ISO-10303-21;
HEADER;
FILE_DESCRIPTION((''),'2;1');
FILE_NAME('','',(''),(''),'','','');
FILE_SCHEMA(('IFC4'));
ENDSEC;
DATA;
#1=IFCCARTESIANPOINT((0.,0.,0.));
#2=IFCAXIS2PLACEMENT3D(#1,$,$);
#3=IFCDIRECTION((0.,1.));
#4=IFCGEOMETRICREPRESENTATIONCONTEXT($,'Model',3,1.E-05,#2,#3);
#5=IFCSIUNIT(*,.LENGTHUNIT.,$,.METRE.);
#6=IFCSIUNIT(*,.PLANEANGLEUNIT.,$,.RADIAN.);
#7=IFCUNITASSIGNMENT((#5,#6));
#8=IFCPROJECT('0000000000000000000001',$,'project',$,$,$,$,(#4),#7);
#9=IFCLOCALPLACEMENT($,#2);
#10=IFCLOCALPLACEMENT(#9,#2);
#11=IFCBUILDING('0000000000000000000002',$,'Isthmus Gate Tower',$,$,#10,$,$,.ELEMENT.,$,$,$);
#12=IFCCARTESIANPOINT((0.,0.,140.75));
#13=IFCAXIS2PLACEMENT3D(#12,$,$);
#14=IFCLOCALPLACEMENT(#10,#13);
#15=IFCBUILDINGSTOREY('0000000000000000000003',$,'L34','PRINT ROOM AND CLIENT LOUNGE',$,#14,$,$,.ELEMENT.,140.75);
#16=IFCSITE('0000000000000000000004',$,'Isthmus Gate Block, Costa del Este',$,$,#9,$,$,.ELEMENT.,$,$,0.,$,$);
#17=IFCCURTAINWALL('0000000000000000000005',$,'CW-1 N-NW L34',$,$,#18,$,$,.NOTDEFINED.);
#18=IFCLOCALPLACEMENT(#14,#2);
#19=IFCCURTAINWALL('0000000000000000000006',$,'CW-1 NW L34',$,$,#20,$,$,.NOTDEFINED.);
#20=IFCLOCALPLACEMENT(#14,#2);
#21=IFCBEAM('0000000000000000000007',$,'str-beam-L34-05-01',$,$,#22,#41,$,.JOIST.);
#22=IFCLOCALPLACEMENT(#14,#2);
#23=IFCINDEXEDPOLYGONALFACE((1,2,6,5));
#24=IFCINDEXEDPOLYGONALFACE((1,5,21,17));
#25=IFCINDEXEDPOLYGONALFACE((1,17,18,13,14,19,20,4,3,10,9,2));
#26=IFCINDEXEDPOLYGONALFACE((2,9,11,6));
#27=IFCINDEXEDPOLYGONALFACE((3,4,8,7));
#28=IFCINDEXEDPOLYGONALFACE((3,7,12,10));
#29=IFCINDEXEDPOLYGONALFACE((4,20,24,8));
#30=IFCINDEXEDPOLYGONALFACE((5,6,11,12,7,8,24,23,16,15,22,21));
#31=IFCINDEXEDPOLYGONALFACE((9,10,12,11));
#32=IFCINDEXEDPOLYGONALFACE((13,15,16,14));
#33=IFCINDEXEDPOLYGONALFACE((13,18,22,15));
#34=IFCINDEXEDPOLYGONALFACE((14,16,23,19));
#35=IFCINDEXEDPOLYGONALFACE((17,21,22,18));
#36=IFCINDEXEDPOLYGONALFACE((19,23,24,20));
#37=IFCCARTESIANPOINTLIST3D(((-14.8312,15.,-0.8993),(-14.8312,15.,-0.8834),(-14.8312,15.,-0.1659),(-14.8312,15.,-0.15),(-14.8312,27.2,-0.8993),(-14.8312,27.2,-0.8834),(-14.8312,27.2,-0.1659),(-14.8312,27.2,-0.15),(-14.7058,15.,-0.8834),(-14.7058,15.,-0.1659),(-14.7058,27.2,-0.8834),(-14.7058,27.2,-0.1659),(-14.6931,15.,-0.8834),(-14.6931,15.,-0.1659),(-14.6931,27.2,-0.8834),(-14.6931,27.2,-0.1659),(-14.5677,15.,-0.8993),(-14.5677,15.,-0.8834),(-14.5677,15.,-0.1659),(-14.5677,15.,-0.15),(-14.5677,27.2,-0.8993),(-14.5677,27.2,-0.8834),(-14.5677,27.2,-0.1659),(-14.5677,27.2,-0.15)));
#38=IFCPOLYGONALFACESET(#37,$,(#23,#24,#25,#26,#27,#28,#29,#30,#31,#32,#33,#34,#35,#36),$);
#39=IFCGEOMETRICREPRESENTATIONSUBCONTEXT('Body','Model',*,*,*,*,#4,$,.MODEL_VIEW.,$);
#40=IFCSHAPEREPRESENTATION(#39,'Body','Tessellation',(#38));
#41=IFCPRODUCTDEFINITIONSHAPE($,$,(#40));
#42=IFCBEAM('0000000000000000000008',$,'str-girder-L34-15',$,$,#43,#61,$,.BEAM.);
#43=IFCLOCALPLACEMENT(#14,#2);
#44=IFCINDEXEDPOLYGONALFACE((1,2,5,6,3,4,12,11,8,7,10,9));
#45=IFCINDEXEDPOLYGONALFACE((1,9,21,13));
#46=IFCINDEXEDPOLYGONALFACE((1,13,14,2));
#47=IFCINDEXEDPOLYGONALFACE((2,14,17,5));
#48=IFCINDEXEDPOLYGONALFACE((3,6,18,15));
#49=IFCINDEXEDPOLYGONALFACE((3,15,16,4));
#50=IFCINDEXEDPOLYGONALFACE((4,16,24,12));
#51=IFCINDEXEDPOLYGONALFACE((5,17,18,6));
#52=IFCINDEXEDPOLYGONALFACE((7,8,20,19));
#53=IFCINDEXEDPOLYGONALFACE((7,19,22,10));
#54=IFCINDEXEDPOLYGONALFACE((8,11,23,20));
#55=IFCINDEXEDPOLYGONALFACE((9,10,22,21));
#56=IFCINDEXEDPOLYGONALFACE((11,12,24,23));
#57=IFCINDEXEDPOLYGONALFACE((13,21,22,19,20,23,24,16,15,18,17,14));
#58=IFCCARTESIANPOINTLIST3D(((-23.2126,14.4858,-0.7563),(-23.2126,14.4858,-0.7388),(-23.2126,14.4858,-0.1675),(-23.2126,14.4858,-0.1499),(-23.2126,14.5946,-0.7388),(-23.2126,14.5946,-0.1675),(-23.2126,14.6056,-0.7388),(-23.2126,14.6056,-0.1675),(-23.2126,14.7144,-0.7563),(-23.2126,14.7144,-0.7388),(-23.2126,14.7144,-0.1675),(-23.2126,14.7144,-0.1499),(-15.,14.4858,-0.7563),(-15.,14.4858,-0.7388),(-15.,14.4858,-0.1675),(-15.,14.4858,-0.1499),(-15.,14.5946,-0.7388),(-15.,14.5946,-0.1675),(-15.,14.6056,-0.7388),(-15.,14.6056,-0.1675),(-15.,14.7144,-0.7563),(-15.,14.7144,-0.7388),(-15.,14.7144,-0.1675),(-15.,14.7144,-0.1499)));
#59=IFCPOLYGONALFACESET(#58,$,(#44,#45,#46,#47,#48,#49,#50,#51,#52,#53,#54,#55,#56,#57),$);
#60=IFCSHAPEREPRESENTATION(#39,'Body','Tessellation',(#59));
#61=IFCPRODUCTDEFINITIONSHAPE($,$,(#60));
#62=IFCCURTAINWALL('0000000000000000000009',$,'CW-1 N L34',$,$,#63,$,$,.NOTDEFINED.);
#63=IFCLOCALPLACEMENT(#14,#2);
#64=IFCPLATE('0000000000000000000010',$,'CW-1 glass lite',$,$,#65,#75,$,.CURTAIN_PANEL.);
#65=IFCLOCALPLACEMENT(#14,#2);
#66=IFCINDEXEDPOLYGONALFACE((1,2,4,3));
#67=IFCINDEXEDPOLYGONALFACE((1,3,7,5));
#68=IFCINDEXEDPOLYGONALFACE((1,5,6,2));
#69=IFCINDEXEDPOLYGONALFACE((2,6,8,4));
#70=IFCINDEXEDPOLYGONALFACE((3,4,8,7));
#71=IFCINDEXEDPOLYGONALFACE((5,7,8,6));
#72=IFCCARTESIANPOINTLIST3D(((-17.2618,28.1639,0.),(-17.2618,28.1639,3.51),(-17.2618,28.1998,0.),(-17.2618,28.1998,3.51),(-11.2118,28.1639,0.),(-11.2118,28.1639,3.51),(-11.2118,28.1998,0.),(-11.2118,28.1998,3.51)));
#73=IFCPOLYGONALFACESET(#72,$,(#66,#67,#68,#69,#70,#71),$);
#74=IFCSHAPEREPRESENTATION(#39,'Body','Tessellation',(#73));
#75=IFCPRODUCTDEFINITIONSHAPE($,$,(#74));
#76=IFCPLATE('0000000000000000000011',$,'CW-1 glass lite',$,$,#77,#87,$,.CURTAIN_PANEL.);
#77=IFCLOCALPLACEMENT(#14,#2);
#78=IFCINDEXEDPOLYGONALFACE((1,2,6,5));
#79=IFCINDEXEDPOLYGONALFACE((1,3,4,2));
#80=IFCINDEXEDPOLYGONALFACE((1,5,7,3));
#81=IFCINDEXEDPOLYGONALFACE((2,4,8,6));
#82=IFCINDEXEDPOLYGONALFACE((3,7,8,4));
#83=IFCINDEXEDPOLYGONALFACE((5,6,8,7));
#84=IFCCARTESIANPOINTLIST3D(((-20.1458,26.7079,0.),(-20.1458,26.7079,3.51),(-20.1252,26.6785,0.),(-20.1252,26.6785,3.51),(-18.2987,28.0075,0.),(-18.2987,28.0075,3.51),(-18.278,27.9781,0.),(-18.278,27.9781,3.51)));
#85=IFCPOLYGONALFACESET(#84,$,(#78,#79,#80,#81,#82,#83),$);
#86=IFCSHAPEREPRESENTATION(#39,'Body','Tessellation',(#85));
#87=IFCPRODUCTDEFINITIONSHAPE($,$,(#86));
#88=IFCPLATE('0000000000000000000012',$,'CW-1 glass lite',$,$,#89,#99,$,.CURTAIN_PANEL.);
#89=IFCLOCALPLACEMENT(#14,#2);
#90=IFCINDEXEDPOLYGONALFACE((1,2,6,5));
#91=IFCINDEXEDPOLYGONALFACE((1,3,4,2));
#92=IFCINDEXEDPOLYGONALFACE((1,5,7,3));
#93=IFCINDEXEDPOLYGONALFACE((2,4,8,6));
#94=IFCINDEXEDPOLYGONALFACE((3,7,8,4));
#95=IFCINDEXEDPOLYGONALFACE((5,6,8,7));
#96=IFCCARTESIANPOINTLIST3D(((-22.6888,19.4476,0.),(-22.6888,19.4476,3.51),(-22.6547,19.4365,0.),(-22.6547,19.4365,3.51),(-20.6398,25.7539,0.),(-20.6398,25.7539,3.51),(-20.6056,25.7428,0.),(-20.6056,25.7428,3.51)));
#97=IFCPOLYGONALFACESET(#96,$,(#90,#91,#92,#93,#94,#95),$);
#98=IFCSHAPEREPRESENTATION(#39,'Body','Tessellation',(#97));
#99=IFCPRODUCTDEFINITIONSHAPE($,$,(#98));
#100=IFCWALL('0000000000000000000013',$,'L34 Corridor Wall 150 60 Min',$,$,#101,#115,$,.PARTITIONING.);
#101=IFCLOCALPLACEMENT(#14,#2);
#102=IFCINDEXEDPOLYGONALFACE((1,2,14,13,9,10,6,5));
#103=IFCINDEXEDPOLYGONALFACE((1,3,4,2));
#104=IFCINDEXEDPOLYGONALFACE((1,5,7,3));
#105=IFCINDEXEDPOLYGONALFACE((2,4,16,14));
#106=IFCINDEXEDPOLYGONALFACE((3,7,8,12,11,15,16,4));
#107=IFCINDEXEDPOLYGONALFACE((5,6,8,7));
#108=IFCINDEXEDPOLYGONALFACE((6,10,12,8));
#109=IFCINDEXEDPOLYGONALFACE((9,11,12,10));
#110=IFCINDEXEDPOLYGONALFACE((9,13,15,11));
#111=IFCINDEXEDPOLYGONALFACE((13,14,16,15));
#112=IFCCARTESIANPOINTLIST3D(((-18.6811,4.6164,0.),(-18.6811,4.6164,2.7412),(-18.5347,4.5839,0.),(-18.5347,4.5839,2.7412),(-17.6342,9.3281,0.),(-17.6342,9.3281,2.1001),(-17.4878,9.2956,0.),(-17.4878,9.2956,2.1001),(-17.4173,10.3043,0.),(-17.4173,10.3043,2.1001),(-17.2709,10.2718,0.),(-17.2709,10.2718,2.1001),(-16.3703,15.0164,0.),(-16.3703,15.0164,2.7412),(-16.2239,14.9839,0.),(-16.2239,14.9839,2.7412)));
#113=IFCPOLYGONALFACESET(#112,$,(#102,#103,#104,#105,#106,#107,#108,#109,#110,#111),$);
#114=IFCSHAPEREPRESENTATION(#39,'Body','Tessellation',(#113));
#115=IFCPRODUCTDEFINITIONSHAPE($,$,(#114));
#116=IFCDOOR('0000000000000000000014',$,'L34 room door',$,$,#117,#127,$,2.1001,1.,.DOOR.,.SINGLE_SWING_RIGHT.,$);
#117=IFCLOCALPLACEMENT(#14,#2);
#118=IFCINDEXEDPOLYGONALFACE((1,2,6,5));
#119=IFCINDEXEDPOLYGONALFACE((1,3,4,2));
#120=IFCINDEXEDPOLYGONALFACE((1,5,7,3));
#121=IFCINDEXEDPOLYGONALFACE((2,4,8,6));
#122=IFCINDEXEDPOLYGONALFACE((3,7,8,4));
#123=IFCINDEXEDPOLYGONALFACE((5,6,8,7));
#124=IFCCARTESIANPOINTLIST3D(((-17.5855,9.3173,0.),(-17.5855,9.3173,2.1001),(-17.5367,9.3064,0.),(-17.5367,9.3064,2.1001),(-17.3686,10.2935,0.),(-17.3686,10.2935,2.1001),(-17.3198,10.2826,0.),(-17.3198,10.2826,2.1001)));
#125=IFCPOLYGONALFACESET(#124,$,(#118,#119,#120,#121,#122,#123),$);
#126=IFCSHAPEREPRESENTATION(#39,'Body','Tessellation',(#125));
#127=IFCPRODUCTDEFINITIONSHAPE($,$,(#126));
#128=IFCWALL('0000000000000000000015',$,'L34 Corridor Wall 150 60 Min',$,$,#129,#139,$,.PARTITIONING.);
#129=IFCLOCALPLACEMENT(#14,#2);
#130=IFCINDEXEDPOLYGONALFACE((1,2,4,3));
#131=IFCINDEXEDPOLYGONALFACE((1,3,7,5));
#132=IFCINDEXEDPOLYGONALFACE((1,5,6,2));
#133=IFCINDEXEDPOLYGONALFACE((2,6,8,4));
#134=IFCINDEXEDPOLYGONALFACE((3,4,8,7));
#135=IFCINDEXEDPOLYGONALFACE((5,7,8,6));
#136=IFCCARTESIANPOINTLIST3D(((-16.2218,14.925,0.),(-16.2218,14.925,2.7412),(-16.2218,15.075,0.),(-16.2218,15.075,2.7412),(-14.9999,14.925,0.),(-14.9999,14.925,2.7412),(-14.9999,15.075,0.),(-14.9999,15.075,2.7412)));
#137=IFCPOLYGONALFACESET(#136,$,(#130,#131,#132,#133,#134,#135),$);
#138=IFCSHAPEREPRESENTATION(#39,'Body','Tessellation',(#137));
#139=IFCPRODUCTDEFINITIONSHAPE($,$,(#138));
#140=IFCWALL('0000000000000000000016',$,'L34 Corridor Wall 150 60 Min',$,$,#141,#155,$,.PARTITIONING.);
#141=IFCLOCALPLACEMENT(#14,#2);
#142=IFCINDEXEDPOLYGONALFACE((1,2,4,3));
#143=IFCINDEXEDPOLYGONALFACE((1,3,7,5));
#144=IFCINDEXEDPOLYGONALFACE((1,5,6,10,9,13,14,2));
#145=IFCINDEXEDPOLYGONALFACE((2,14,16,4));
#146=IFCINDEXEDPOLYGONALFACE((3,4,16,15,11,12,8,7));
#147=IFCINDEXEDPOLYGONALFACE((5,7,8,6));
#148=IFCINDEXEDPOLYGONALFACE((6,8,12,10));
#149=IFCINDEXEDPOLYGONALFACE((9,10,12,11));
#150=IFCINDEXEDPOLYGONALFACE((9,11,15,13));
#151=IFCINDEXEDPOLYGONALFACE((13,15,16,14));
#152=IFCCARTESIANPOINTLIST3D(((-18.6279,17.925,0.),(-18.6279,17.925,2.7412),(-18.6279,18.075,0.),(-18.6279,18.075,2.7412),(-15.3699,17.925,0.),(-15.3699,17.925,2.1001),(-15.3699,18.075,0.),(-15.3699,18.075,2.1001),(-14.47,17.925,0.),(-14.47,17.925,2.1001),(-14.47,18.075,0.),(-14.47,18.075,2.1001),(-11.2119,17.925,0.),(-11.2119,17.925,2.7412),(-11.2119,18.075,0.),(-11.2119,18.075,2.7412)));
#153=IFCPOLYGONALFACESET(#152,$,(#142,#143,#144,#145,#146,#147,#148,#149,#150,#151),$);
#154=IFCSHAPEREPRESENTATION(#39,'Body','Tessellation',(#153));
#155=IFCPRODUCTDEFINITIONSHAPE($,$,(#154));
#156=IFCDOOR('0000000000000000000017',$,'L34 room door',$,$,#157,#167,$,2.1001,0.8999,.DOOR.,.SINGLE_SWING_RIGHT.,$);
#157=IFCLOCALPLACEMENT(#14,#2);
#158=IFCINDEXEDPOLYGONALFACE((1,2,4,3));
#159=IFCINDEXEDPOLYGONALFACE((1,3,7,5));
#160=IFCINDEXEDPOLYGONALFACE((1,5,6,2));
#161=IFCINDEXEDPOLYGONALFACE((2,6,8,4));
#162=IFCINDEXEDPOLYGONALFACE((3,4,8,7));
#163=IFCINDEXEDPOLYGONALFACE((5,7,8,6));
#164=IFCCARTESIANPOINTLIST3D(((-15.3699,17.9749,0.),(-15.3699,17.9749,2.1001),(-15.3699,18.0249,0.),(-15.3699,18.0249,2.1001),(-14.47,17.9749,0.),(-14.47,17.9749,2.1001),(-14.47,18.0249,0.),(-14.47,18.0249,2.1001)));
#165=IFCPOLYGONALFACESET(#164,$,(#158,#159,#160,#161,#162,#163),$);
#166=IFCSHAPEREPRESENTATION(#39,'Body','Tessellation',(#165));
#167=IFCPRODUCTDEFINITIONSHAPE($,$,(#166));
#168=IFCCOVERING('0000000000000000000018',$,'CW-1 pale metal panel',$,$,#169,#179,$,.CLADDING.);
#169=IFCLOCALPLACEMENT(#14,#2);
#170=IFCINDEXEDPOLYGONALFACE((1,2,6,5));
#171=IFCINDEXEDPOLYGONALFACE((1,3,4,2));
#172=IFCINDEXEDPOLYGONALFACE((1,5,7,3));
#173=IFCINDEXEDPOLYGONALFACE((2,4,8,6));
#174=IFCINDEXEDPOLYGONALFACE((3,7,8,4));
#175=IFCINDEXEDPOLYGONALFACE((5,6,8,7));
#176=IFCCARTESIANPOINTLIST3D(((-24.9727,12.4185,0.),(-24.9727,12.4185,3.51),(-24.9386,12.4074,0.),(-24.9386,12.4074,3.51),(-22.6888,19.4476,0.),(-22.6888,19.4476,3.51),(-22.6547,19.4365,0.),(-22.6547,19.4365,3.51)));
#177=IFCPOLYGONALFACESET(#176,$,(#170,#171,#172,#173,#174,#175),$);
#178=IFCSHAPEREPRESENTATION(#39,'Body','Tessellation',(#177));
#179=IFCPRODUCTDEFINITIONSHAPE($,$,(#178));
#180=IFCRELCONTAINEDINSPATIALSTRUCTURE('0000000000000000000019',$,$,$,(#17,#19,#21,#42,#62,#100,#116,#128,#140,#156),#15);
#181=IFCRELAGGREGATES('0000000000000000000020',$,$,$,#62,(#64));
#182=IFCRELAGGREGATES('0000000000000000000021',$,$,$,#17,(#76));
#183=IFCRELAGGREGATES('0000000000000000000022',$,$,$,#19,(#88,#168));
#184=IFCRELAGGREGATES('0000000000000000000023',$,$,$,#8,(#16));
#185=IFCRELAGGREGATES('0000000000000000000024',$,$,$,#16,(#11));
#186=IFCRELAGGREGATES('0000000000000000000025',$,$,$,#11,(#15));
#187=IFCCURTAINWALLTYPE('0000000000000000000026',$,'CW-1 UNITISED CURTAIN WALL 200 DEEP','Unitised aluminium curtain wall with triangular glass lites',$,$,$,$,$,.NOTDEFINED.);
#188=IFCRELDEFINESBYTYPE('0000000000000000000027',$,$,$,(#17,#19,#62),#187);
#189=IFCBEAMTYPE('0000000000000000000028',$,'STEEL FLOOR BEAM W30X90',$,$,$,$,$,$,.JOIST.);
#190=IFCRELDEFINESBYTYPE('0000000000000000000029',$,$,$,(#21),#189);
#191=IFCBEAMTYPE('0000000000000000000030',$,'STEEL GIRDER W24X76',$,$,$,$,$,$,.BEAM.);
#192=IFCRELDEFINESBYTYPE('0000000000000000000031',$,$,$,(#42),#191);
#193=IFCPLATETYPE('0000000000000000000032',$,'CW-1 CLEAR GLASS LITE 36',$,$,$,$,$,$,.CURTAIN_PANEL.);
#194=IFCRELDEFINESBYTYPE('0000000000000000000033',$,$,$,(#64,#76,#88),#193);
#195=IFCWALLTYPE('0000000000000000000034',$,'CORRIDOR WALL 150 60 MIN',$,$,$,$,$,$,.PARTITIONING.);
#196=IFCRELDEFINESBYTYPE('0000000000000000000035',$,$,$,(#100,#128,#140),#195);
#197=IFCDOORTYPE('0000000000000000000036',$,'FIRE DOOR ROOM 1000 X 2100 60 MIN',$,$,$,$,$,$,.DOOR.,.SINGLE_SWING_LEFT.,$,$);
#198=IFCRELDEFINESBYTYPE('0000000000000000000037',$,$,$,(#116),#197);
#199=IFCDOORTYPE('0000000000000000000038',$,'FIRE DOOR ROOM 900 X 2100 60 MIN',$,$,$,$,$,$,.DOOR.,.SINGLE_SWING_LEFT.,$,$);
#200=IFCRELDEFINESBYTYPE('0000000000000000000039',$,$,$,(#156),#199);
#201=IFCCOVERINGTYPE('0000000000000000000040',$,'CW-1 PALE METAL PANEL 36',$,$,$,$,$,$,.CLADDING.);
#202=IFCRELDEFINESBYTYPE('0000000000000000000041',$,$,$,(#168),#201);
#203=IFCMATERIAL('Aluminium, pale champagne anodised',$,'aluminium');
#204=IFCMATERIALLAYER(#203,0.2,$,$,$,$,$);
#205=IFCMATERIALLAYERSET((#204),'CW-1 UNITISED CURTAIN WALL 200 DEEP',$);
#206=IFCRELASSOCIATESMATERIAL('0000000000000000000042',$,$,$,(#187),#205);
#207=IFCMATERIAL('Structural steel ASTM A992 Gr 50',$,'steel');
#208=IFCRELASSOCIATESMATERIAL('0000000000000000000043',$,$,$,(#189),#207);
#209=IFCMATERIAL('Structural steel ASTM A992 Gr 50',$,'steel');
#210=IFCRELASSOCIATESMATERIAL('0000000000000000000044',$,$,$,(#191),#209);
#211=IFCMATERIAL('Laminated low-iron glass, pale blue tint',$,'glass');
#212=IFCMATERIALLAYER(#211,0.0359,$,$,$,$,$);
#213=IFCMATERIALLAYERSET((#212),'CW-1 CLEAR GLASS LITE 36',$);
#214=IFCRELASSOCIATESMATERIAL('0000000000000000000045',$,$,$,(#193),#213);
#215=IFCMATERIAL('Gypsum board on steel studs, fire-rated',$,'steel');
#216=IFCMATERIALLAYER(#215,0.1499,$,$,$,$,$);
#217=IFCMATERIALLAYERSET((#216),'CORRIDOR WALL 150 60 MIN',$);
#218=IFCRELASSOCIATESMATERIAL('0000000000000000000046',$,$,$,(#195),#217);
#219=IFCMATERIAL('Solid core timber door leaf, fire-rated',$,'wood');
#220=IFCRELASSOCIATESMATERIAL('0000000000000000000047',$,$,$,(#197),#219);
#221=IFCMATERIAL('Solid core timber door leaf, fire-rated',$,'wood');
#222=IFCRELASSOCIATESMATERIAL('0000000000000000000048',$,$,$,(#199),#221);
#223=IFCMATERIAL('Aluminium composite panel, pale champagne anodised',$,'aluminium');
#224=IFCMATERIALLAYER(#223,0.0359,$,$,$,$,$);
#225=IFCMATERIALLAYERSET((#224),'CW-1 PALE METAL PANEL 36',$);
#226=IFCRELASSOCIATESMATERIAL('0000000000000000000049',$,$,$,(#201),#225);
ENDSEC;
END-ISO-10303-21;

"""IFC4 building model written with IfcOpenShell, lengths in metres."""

from ifc_helpers import new_model, si_unit, direction, frame, frame_2d, origin, origin_2d, place, context, subcontext, project, spatial, rectangle, i_section, extrude, material, layer, layer_set, material_profile, profile_set, type_object, element, fill, aggregate, save


model = new_model("IFC4")

# Units and contexts
model_context = context("Model", 3, precision=1e-05, world=origin(), true_north=direction((0.0, 1.0)))
body_context = subcontext(model_context, "Body", "Model", "MODEL_VIEW")
ifc_project = project(units=[si_unit("LENGTHUNIT", "METRE"), si_unit("PLANEANGLEUNIT", "RADIAN")], contexts=[model_context])

# Site, building, storey
site_placement = place(None, origin())
site = spatial("IfcSite", under=ifc_project, at=site_placement, Name="Isthmus Gate Block, Costa del Este", CompositionType="ELEMENT", RefElevation=0.0)
building_placement = place(site_placement, origin())
building = spatial("IfcBuilding", under=site, at=building_placement, Name="Isthmus Gate Tower", CompositionType="ELEMENT")
storey_placement = place(building_placement, frame((0.0, 0.0, 140.75)))
storey = spatial("IfcBuildingStorey", under=building, at=storey_placement, Name="L34", Description="PRINT ROOM AND CLIENT LOUNGE", CompositionType="ELEMENT", Elevation=140.75)

# Curtain walls
ifc_material_1 = material(Name="Aluminium, pale champagne anodised", Category="aluminium")
ifc_layer_1 = layer(ifc_material_1, 0.2)
ifc_layer_set_1 = layer_set([ifc_layer_1], Name="CW-1 UNITISED CURTAIN WALL 200 DEEP")
curtain_wall_type = type_object("IfcCurtainWallType", Name="CW-1 UNITISED CURTAIN WALL 200 DEEP", Description="Unitised aluminium curtain wall with triangular glass lites", PredefinedType="NOTDEFINED", material=ifc_layer_set_1)
curtain_wall_1_placement = place(storey_placement, origin())
curtain_wall_1 = element("IfcCurtainWall", 1, at=curtain_wall_1_placement, inside=storey, type_object=curtain_wall_type, Name="CW-1 N-NW L34", PredefinedType="NOTDEFINED")
curtain_wall_2_placement = place(storey_placement, origin())
curtain_wall_2 = element("IfcCurtainWall", 2, at=curtain_wall_2_placement, inside=storey, type_object=curtain_wall_type, Name="CW-1 NW L34", PredefinedType="NOTDEFINED")

# Beams
ifc_material_2 = material(Name="Structural steel ASTM A992 Gr 50", Category="steel")
ifc_material_profile_1 = material_profile(ifc_material_2, i_section(OverallWidth=0.2634, OverallDepth=0.7493, WebThickness=0.0127, FlangeThickness=0.0159, at=origin_2d()), Name="W30X90")
ifc_profile_set_1 = profile_set([ifc_material_profile_1], Name="Structural steel ASTM A992 Gr 50")
beam_type_1 = type_object("IfcBeamType", Name="STEEL FLOOR BEAM W30X90", PredefinedType="JOIST", material=ifc_profile_set_1)
beam_1_placement = place(storey_placement, frame((-14.6995, 15.0, -0.5247), z_axis=(0.0, 1.0, 0.0), x_axis=(-1.0, 0.0, 0.0)))
element("IfcBeam", 3, at=beam_1_placement, inside=storey, type_object=beam_type_1, Name="str-beam-L34-05-01", PredefinedType="JOIST", context=body_context, shape_type="SweptSolid", body=[
    extrude(i_section(OverallWidth=0.2634, OverallDepth=0.7493, WebThickness=0.0127, FlangeThickness=0.0159, at=origin_2d()), origin(), (0.0, 0.0, 1.0), 12.2),
])
ifc_material_3 = material(Name="Structural steel ASTM A992 Gr 50", Category="steel")
ifc_material_profile_2 = material_profile(ifc_material_3, i_section(OverallWidth=0.2285, OverallDepth=0.6064, WebThickness=0.011, FlangeThickness=0.0176, at=origin_2d()), Name="W24X76")
ifc_profile_set_2 = profile_set([ifc_material_profile_2], Name="Structural steel ASTM A992 Gr 50")
beam_type_2 = type_object("IfcBeamType", Name="STEEL GIRDER W24X76", PredefinedType="BEAM", material=ifc_profile_set_2)
beam_2_placement = place(storey_placement, frame((-15.0, 14.6001, -0.4531), z_axis=(-1.0, 0.0, 0.0), x_axis=(0.0, -1.0, 0.0)))
element("IfcBeam", 4, at=beam_2_placement, inside=storey, type_object=beam_type_2, Name="str-girder-L34-15", PredefinedType="BEAM", context=body_context, shape_type="SweptSolid", body=[
    extrude(i_section(OverallWidth=0.2285, OverallDepth=0.6064, WebThickness=0.011, FlangeThickness=0.0176, at=origin_2d()), origin(), (0.0, 0.0, 1.0), 8.2126),
])

# Curtain wall, plate
curtain_wall_3_placement = place(storey_placement, origin())
curtain_wall_3 = element("IfcCurtainWall", 5, at=curtain_wall_3_placement, inside=storey, type_object=curtain_wall_type, Name="CW-1 N L34", PredefinedType="NOTDEFINED")
ifc_material_4 = material(Name="Laminated low-iron glass, pale blue tint", Category="glass")
ifc_layer_2 = layer(ifc_material_4, 0.0359)
ifc_layer_set_2 = layer_set([ifc_layer_2], Name="CW-1 CLEAR GLASS LITE 36")
plate_type = type_object("IfcPlateType", Name="CW-1 CLEAR GLASS LITE 36", PredefinedType="CURTAIN_PANEL", material=ifc_layer_set_2)
plate_1_placement = place(storey_placement, frame((-14.2368, 28.1819, 0.0), z_axis=(0.0, 0.0, 1.0), x_axis=(-1.0, 0.0, 0.0)))
plate_1 = element("IfcPlate", 6, at=plate_1_placement, type_object=plate_type, Name="CW-1 glass lite", PredefinedType="CURTAIN_PANEL", context=body_context, shape_type="SweptSolid", body=[
    extrude(rectangle(XDim=6.05, YDim=0.0359, at=origin_2d()), origin(), (0.0, 0.0, 1.0), 3.51),
])
aggregate(curtain_wall_3, [plate_1])

# Plates
plate_2_placement = place(storey_placement, frame((-19.2119, 27.343, 0.0), z_axis=(0.0, 0.0, 1.0), x_axis=(-0.81786, -0.575418, 0.0)))
plate_2 = element("IfcPlate", 7, at=plate_2_placement, type_object=plate_type, Name="CW-1 glass lite", PredefinedType="CURTAIN_PANEL", context=body_context, shape_type="SweptSolid", body=[
    extrude(rectangle(XDim=2.2585, YDim=0.0359, at=origin_2d()), origin(), (0.0, 0.0, 1.0), 3.51),
])
aggregate(curtain_wall_1, [plate_2])
plate_3_placement = place(storey_placement, frame((-21.6472, 22.5952, 0.0), z_axis=(0.0, 0.0, 1.0), x_axis=(-0.309017, -0.951057, 0.0)))
plate_3 = element("IfcPlate", 8, at=plate_3_placement, type_object=plate_type, Name="CW-1 glass lite", PredefinedType="CURTAIN_PANEL", context=body_context, shape_type="SweptSolid", body=[
    extrude(rectangle(XDim=6.6309, YDim=0.0359, at=origin_2d()), origin(), (0.0, 0.0, 1.0), 3.51),
])

# Wall, opening, door
ifc_material_5 = material(Name="Gypsum board on steel studs, fire-rated", Category="steel")
ifc_layer_3 = layer(ifc_material_5, 0.1499)
ifc_layer_set_3 = layer_set([ifc_layer_3], Name="CORRIDOR WALL 150 60 MIN")
wall_type = type_object("IfcWallType", Name="CORRIDOR WALL 150 60 MIN", PredefinedType="PARTITIONING", material=ifc_layer_set_3)
wall_1_placement = place(storey_placement, frame((-16.2971, 15.0, 0.0), z_axis=(0.0, 0.0, 1.0), x_axis=(-0.216904, -0.976193, 0.0)))
wall_1 = element("IfcWall", 9, at=wall_1_placement, inside=storey, type_object=wall_type, Name="L34 Corridor Wall 150 60 Min", PredefinedType="PARTITIONING", context=body_context, shape_type="SweptSolid", body=[
    extrude(rectangle(XDim=10.6536, YDim=0.1499, at=frame_2d((5.3267, 0.0))), origin(), (0.0, 0.0, 1.0), 2.7412),
])
opening_1_placement = place(wall_1_placement, frame((4.8269, 0.0, 0.0)))
opening_1 = element("IfcOpeningElement", 10, at=opening_1_placement, cuts=wall_1, PredefinedType="OPENING", context=body_context, shape_type="SweptSolid", body=[
    extrude(rectangle(XDim=1.0, YDim=2.1001, at=frame_2d((0.5, 1.05))), frame((0.0, 0.085, 0.0), z_axis=(0.0, -1.0, 0.0), x_axis=(1.0, 0.0, 0.0)), (0.0, 0.0, 1.0), 0.1699),
])
ifc_material_6 = material(Name="Solid core timber door leaf, fire-rated", Category="wood")
door_type_1 = type_object("IfcDoorType", Name="FIRE DOOR ROOM 1000 X 2100 60 MIN", OperationType="SINGLE_SWING_LEFT", PredefinedType="DOOR", material=ifc_material_6)
door_1_placement = place(opening_1_placement, origin())
door_1 = element("IfcDoor", 11, at=door_1_placement, inside=storey, type_object=door_type_1, Name="L34 room door", OperationType="SINGLE_SWING_RIGHT", OverallHeight=2.1001, OverallWidth=1.0, PredefinedType="DOOR", context=body_context, shape_type="SweptSolid", body=[
    extrude(rectangle(XDim=1.0, YDim=2.1001, at=frame_2d((0.5, 1.05))), frame((0.0, 0.0249, 0.0), z_axis=(0.0, -1.0, 0.0), x_axis=(1.0, 0.0, 0.0)), (0.0, 0.0, 1.0), 0.05),
])
fill(opening_1, door_1)

# Wall
wall_2_placement = place(storey_placement, frame((-15.0, 15.0, 0.0), z_axis=(0.0, 0.0, 1.0), x_axis=(-1.0, 0.0, 0.0)))
element("IfcWall", 12, at=wall_2_placement, inside=storey, type_object=wall_type, Name="L34 Corridor Wall 150 60 Min", PredefinedType="PARTITIONING", context=body_context, shape_type="SweptSolid", body=[
    extrude(rectangle(XDim=1.2219, YDim=0.1499, at=frame_2d((0.6108, 0.0))), origin(), (0.0, 0.0, 1.0), 2.7412),
])

# Wall, opening, door
wall_3_placement = place(storey_placement, frame((-18.6279, 18.0, 0.0), z_axis=(0.0, 0.0, 1.0), x_axis=(1.0, 0.0, 0.0)))
wall_3 = element("IfcWall", 13, at=wall_3_placement, inside=storey, type_object=wall_type, Name="L34 Corridor Wall 150 60 Min", PredefinedType="PARTITIONING", context=body_context, shape_type="SweptSolid", body=[
    extrude(rectangle(XDim=7.416, YDim=0.1499, at=frame_2d((3.708, 0.0))), origin(), (0.0, 0.0, 1.0), 2.7412),
])
opening_2_placement = place(wall_3_placement, frame((3.2581, 0.0, 0.0)))
opening_2 = element("IfcOpeningElement", 14, at=opening_2_placement, cuts=wall_3, PredefinedType="OPENING", context=body_context, shape_type="SweptSolid", body=[
    extrude(rectangle(XDim=0.8999, YDim=2.1001, at=frame_2d((0.45, 1.05))), frame((0.0, 0.085, 0.0), z_axis=(0.0, -1.0, 0.0), x_axis=(1.0, 0.0, 0.0)), (0.0, 0.0, 1.0), 0.1699),
])
ifc_material_7 = material(Name="Solid core timber door leaf, fire-rated", Category="wood")
door_type_2 = type_object("IfcDoorType", Name="FIRE DOOR ROOM 900 X 2100 60 MIN", OperationType="SINGLE_SWING_LEFT", PredefinedType="DOOR", material=ifc_material_7)
door_2_placement = place(opening_2_placement, origin())
door_2 = element("IfcDoor", 15, at=door_2_placement, inside=storey, type_object=door_type_2, Name="L34 room door", OperationType="SINGLE_SWING_RIGHT", OverallHeight=2.1001, OverallWidth=0.8999, PredefinedType="DOOR", context=body_context, shape_type="SweptSolid", body=[
    extrude(rectangle(XDim=0.8999, YDim=2.1001, at=frame_2d((0.45, 1.05))), frame((0.0, 0.0249, 0.0), z_axis=(0.0, -1.0, 0.0), x_axis=(1.0, 0.0, 0.0)), (0.0, 0.0, 1.0), 0.05),
])
fill(opening_2, door_2)

# Covering
ifc_material_8 = material(Name="Aluminium composite panel, pale champagne anodised", Category="aluminium")
ifc_layer_4 = layer(ifc_material_8, 0.0359)
ifc_layer_set_4 = layer_set([ifc_layer_4], Name="CW-1 PALE METAL PANEL 36")
covering_type = type_object("IfcCoveringType", Name="CW-1 PALE METAL PANEL 36", PredefinedType="CLADDING", material=ifc_layer_set_4)
covering_placement = place(storey_placement, frame((-23.8137, 15.9275, 0.0), z_axis=(0.0, 0.0, 1.0), x_axis=(-0.309017, -0.951057, 0.0)))
covering = element("IfcCovering", 16, at=covering_placement, type_object=covering_type, Name="CW-1 pale metal panel", PredefinedType="CLADDING", context=body_context, shape_type="SweptSolid", body=[
    extrude(rectangle(XDim=7.3909, YDim=0.0359, at=origin_2d()), origin(), (0.0, 0.0, 1.0), 3.51),
])
aggregate(curtain_wall_2, [plate_3, covering])

save(model, "model.ifc")
